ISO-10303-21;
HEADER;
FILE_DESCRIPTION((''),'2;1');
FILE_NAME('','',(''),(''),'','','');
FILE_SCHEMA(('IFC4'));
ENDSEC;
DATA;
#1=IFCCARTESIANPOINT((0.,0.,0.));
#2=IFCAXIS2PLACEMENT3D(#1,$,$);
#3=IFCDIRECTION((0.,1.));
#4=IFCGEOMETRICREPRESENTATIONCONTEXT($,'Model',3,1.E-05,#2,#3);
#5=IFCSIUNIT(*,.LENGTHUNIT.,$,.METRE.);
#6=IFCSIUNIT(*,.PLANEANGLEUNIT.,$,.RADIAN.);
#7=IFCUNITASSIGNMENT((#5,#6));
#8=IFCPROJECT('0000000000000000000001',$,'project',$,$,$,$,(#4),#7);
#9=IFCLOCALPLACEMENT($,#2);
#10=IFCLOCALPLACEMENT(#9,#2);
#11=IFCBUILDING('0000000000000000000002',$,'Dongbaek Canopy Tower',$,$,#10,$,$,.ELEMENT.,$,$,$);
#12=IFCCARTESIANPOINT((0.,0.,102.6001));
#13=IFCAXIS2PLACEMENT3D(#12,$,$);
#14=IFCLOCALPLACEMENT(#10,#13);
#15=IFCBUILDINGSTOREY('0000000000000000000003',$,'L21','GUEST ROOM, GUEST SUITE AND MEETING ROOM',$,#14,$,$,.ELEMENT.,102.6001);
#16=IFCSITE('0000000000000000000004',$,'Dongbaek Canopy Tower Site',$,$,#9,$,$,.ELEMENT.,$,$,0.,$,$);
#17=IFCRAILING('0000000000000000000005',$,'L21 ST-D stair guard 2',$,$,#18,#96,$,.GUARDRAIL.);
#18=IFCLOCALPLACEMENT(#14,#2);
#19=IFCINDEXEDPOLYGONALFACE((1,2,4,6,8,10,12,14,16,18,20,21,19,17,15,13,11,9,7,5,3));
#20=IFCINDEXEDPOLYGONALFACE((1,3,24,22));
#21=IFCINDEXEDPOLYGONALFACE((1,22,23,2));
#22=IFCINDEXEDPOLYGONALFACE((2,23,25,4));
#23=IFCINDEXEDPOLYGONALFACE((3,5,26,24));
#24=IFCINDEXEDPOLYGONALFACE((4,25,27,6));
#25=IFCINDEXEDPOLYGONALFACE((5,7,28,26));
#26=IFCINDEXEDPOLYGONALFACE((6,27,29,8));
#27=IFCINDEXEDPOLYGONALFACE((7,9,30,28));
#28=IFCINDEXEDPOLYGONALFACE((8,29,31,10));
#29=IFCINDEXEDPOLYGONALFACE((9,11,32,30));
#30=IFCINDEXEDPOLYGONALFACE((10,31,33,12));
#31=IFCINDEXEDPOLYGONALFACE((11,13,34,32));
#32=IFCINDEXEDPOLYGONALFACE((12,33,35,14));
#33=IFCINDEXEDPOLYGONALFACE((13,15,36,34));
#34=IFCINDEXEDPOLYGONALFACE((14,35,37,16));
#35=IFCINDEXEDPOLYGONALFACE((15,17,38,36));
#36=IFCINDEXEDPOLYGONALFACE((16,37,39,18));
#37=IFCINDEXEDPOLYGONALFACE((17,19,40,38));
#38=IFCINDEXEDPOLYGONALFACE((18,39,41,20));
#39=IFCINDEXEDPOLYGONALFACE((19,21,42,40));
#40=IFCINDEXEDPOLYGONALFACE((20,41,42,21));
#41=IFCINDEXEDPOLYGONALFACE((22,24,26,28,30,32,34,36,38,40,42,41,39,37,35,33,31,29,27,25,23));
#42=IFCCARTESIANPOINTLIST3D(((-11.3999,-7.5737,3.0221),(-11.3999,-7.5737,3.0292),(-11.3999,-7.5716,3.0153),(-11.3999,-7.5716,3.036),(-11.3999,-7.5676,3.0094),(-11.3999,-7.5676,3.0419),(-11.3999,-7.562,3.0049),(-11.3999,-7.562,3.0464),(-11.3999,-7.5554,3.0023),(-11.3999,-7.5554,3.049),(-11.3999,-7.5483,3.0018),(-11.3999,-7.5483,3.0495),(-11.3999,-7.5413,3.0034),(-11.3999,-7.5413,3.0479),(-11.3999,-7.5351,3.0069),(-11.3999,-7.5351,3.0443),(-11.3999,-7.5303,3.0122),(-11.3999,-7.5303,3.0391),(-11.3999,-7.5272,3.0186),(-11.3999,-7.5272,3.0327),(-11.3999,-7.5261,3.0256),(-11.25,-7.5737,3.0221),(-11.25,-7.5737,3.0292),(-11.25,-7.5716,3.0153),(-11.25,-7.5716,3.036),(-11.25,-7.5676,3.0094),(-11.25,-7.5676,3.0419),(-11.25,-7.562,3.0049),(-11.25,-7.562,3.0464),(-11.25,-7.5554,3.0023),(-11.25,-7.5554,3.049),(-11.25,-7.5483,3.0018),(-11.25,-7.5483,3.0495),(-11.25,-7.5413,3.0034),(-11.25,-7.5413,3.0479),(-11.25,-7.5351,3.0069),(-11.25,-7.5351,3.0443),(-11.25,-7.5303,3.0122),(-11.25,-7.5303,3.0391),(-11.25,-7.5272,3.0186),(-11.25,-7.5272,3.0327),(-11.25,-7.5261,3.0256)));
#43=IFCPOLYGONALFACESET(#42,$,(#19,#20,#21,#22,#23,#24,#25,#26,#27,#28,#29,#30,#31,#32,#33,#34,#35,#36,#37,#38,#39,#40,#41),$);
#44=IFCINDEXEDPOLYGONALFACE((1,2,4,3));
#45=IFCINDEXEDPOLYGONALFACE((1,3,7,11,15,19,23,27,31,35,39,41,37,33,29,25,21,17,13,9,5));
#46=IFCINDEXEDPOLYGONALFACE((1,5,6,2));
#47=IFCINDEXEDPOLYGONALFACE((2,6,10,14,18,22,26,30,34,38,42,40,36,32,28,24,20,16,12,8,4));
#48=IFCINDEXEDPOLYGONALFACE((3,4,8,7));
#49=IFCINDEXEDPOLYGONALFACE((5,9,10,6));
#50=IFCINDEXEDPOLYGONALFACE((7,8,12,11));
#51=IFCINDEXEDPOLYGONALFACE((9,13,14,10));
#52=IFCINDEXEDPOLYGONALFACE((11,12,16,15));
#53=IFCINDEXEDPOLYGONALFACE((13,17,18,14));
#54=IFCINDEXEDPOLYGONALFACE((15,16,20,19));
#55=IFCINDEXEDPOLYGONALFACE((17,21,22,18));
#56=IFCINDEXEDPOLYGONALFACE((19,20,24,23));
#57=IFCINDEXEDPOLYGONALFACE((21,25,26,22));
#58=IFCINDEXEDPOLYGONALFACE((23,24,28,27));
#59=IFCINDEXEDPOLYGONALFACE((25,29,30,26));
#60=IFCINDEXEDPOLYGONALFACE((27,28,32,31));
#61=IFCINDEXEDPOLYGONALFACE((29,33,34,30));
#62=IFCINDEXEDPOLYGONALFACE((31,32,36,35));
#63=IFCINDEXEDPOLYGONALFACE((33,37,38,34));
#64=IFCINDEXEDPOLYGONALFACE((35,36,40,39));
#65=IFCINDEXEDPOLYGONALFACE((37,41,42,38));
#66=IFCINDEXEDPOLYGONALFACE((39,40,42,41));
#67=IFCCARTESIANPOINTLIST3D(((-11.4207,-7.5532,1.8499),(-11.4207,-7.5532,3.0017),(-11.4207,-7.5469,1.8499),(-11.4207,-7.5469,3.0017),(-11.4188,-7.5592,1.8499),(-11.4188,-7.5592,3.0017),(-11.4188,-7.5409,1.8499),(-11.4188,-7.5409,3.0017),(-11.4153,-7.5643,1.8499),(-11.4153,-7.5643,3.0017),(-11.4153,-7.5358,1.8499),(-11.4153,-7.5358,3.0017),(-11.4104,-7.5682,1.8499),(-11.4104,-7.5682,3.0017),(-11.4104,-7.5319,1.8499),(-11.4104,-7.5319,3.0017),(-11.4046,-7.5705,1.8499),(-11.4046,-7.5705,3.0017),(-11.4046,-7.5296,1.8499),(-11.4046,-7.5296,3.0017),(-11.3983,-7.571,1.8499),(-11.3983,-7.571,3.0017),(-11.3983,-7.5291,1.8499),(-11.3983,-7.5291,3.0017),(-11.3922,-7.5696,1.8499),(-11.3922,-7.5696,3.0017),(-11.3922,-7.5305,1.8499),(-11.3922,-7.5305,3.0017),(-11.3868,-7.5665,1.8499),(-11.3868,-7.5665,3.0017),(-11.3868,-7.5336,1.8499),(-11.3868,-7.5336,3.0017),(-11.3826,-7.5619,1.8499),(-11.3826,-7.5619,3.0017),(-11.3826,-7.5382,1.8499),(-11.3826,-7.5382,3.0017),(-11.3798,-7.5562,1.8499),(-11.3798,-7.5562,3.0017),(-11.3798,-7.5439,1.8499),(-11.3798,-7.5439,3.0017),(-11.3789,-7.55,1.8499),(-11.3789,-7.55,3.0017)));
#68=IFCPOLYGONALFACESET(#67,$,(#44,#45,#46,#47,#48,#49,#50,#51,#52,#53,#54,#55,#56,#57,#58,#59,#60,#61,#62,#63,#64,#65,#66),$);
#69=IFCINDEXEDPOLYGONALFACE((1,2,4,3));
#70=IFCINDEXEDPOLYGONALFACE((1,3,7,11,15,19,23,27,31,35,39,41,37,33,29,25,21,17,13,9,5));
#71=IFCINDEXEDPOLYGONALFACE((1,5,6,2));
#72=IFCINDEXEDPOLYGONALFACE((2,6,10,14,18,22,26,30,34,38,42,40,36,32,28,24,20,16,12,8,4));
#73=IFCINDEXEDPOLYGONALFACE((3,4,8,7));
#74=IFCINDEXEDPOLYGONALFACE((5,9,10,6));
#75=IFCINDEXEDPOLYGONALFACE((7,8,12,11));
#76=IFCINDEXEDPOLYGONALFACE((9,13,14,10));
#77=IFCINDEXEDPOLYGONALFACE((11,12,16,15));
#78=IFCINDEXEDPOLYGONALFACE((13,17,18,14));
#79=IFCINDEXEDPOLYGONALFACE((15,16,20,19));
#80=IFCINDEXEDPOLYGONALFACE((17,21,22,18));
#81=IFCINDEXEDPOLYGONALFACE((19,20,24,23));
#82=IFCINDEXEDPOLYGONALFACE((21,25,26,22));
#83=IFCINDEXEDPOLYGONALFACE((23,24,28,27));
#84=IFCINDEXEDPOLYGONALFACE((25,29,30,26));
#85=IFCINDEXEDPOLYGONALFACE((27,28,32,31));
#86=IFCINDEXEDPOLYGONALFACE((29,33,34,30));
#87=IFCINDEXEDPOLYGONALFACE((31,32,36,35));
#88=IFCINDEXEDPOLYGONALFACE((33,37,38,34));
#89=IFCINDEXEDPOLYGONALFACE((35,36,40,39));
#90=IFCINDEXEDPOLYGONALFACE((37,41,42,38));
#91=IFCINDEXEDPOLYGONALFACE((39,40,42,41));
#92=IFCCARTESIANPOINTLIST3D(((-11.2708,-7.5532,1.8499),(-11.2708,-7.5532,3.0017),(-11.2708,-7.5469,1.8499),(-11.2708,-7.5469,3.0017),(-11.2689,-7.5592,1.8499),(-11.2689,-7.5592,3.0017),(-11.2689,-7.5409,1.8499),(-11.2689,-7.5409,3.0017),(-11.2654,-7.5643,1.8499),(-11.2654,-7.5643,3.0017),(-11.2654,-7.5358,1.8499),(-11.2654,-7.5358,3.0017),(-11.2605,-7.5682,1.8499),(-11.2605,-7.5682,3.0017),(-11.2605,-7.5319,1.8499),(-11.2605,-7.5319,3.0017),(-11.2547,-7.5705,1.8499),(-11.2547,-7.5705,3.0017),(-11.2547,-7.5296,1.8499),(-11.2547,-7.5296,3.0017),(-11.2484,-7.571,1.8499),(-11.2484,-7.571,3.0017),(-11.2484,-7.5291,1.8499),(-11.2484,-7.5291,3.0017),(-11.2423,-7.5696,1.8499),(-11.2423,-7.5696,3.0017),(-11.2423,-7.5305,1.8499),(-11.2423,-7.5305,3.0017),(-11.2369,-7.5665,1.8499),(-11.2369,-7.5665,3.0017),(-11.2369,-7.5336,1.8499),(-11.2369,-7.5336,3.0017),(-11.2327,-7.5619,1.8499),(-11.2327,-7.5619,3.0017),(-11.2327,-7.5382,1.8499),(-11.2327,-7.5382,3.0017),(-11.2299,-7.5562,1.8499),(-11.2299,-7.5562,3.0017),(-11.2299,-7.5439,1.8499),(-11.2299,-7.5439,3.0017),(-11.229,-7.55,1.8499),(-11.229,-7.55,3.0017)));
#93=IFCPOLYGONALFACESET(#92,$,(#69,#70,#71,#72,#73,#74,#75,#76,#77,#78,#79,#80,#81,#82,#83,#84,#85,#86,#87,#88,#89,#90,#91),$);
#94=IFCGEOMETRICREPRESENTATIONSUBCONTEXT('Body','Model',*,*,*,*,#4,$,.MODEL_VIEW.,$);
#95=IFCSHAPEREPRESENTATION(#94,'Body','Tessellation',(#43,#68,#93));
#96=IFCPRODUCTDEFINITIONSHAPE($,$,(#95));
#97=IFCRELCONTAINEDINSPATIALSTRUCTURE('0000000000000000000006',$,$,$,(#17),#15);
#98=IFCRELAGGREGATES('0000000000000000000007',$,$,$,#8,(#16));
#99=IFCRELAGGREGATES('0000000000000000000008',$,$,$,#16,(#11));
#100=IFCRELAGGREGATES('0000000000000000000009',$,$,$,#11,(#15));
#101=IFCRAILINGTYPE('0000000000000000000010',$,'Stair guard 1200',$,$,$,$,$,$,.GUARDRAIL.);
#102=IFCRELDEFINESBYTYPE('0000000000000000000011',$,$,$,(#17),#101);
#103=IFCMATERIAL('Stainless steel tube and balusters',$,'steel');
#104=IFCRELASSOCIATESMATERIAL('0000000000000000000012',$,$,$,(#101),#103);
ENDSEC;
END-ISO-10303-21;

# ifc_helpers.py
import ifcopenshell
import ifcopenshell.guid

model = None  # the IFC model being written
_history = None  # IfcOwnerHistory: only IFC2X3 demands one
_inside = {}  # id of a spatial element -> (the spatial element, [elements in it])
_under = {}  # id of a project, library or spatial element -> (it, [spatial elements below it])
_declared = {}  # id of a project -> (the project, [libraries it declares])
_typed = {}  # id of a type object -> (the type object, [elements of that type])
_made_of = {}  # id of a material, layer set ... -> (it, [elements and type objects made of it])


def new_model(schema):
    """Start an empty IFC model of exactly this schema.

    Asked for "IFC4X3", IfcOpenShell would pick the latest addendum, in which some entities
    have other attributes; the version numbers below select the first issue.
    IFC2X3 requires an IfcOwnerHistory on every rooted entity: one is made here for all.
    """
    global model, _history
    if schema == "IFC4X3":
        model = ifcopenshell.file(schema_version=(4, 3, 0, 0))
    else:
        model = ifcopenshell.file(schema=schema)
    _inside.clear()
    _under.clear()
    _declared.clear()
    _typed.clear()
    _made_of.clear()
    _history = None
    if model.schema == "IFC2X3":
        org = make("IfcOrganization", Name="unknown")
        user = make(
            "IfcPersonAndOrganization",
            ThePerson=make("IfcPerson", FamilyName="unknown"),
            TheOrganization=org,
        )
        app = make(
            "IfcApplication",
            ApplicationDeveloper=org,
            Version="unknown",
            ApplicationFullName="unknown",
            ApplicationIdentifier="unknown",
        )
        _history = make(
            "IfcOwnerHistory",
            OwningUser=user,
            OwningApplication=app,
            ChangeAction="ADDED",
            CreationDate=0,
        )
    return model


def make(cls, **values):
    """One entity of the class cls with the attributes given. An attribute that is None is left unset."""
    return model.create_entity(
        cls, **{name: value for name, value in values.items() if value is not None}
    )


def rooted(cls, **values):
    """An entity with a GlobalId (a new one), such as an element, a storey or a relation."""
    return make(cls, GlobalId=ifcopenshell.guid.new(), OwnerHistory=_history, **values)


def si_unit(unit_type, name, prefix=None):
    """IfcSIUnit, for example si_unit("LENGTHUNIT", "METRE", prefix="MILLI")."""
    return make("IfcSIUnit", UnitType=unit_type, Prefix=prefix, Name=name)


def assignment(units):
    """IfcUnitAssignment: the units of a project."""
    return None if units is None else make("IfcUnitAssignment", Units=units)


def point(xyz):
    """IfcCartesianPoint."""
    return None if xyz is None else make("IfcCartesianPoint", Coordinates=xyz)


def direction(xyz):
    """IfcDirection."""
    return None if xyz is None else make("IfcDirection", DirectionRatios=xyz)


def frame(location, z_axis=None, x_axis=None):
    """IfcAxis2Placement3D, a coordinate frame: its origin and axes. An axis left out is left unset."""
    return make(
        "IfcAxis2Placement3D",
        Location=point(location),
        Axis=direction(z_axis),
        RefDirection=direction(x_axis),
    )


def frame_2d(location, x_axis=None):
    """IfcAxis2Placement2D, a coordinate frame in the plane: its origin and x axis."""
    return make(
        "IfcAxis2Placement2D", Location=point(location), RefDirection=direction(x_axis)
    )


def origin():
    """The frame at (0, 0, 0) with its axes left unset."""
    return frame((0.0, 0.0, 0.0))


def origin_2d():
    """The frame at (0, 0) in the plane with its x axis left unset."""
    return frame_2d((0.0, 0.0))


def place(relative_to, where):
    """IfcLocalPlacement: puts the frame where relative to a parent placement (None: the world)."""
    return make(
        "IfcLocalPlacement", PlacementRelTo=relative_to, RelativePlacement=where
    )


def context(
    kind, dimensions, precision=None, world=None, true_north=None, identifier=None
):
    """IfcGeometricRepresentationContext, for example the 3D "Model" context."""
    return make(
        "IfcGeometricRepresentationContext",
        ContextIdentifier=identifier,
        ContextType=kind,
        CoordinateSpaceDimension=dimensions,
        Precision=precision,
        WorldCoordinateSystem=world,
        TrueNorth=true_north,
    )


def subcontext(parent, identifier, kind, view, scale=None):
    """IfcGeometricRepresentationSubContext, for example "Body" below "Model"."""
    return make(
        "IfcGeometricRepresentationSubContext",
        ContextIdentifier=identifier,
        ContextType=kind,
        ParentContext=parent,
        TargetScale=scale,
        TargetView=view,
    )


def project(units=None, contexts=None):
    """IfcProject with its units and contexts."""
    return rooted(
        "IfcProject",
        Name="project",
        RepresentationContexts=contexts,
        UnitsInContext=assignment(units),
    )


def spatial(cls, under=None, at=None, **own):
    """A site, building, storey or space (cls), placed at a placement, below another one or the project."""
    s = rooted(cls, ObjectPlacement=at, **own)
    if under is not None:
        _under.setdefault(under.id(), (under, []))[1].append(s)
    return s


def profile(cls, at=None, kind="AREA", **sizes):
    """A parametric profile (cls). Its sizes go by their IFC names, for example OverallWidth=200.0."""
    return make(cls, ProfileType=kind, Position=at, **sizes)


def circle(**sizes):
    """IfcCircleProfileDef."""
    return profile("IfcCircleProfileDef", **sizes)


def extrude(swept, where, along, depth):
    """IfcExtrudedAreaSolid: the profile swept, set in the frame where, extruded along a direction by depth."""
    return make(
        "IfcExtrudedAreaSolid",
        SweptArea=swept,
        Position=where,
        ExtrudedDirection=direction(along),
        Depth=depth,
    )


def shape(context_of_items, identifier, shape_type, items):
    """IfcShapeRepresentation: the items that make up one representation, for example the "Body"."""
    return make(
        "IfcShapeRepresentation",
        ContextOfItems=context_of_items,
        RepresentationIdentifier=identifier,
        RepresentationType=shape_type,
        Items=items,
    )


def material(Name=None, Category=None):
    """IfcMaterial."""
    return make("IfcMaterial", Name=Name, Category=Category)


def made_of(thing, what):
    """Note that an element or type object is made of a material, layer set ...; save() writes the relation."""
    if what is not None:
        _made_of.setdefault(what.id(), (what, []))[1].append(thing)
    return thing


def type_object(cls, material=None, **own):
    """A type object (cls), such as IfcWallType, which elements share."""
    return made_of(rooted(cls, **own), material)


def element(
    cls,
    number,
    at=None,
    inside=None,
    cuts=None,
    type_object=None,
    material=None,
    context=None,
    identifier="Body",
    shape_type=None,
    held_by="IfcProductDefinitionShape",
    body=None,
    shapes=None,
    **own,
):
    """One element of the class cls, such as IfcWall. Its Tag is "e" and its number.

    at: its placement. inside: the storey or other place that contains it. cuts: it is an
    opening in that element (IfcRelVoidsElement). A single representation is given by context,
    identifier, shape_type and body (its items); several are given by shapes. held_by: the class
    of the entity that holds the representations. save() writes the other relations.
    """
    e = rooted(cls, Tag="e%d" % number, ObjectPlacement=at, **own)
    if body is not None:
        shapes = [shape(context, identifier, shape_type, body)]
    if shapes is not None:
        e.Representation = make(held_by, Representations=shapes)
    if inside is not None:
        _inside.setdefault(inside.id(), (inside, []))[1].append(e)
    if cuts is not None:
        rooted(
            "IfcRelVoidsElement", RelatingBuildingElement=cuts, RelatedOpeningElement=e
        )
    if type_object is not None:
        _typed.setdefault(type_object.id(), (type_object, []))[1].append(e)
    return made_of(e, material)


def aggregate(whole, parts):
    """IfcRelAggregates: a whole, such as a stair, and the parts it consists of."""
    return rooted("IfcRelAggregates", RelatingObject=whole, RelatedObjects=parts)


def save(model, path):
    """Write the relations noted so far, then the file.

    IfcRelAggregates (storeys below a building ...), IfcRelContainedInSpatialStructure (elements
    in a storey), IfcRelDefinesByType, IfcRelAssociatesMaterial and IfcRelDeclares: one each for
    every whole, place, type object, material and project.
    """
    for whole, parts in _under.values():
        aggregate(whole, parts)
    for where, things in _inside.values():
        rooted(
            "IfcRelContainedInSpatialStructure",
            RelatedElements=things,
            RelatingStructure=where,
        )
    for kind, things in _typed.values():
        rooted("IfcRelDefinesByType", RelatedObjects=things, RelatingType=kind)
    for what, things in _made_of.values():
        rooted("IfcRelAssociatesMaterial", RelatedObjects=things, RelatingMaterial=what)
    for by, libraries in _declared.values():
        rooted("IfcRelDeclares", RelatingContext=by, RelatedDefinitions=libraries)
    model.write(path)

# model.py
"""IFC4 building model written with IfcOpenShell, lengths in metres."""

from ifc_helpers import new_model, si_unit, direction, frame, origin, origin_2d, place, context, subcontext, project, spatial, circle, extrude, material, type_object, element, save


model = new_model("IFC4")

# Units and contexts
model_context = context("Model", 3, precision=1e-05, world=origin(), true_north=direction((0.0, 1.0)))
body_context = subcontext(model_context, "Body", "Model", "MODEL_VIEW")
ifc_project = project(units=[si_unit("LENGTHUNIT", "METRE"), si_unit("PLANEANGLEUNIT", "RADIAN")], contexts=[model_context])

# Site, building, storey
site_placement = place(None, origin())
site = spatial("IfcSite", under=ifc_project, at=site_placement, Name="Dongbaek Canopy Tower Site", CompositionType="ELEMENT", RefElevation=0.0)
building_placement = place(site_placement, origin())
building = spatial("IfcBuilding", under=site, at=building_placement, Name="Dongbaek Canopy Tower", CompositionType="ELEMENT")
storey_placement = place(building_placement, frame((0.0, 0.0, 102.6001)))
storey = spatial("IfcBuildingStorey", under=building, at=storey_placement, Name="L21", Description="GUEST ROOM, GUEST SUITE AND MEETING ROOM", CompositionType="ELEMENT", Elevation=102.6001)

# Railing
ifc_material_1 = material(Name="Stainless steel tube and balusters", Category="steel")
railing_type_1 = type_object("IfcRailingType", Name="Stair guard 1200", PredefinedType="GUARDRAIL", material=ifc_material_1)
railing_1_placement = place(storey_placement, frame((-11.3999, -7.55, 1.8499)))
element("IfcRailing", 1, at=railing_1_placement, inside=storey, type_object=railing_type_1, Name="L21 ST-D stair guard 2", PredefinedType="GUARDRAIL", context=body_context, shape_type="SweptSolid", body=[
    extrude(circle(Radius=0.0239, at=origin_2d()), frame((0.0, 0.0, 1.1758), z_axis=(1.0, 0.0, 0.0), x_axis=(0.0, 1.0, 0.0)), (0.0, 0.0, 1.0), 0.1499),
    extrude(circle(Radius=0.021, at=origin_2d()), origin(), (0.0, 0.0, 1.0), 1.1519),
    extrude(circle(Radius=0.021, at=origin_2d()), frame((0.1499, 0.0, 0.0)), (0.0, 0.0, 1.0), 1.1519),
])

save(model, "model.ifc")
